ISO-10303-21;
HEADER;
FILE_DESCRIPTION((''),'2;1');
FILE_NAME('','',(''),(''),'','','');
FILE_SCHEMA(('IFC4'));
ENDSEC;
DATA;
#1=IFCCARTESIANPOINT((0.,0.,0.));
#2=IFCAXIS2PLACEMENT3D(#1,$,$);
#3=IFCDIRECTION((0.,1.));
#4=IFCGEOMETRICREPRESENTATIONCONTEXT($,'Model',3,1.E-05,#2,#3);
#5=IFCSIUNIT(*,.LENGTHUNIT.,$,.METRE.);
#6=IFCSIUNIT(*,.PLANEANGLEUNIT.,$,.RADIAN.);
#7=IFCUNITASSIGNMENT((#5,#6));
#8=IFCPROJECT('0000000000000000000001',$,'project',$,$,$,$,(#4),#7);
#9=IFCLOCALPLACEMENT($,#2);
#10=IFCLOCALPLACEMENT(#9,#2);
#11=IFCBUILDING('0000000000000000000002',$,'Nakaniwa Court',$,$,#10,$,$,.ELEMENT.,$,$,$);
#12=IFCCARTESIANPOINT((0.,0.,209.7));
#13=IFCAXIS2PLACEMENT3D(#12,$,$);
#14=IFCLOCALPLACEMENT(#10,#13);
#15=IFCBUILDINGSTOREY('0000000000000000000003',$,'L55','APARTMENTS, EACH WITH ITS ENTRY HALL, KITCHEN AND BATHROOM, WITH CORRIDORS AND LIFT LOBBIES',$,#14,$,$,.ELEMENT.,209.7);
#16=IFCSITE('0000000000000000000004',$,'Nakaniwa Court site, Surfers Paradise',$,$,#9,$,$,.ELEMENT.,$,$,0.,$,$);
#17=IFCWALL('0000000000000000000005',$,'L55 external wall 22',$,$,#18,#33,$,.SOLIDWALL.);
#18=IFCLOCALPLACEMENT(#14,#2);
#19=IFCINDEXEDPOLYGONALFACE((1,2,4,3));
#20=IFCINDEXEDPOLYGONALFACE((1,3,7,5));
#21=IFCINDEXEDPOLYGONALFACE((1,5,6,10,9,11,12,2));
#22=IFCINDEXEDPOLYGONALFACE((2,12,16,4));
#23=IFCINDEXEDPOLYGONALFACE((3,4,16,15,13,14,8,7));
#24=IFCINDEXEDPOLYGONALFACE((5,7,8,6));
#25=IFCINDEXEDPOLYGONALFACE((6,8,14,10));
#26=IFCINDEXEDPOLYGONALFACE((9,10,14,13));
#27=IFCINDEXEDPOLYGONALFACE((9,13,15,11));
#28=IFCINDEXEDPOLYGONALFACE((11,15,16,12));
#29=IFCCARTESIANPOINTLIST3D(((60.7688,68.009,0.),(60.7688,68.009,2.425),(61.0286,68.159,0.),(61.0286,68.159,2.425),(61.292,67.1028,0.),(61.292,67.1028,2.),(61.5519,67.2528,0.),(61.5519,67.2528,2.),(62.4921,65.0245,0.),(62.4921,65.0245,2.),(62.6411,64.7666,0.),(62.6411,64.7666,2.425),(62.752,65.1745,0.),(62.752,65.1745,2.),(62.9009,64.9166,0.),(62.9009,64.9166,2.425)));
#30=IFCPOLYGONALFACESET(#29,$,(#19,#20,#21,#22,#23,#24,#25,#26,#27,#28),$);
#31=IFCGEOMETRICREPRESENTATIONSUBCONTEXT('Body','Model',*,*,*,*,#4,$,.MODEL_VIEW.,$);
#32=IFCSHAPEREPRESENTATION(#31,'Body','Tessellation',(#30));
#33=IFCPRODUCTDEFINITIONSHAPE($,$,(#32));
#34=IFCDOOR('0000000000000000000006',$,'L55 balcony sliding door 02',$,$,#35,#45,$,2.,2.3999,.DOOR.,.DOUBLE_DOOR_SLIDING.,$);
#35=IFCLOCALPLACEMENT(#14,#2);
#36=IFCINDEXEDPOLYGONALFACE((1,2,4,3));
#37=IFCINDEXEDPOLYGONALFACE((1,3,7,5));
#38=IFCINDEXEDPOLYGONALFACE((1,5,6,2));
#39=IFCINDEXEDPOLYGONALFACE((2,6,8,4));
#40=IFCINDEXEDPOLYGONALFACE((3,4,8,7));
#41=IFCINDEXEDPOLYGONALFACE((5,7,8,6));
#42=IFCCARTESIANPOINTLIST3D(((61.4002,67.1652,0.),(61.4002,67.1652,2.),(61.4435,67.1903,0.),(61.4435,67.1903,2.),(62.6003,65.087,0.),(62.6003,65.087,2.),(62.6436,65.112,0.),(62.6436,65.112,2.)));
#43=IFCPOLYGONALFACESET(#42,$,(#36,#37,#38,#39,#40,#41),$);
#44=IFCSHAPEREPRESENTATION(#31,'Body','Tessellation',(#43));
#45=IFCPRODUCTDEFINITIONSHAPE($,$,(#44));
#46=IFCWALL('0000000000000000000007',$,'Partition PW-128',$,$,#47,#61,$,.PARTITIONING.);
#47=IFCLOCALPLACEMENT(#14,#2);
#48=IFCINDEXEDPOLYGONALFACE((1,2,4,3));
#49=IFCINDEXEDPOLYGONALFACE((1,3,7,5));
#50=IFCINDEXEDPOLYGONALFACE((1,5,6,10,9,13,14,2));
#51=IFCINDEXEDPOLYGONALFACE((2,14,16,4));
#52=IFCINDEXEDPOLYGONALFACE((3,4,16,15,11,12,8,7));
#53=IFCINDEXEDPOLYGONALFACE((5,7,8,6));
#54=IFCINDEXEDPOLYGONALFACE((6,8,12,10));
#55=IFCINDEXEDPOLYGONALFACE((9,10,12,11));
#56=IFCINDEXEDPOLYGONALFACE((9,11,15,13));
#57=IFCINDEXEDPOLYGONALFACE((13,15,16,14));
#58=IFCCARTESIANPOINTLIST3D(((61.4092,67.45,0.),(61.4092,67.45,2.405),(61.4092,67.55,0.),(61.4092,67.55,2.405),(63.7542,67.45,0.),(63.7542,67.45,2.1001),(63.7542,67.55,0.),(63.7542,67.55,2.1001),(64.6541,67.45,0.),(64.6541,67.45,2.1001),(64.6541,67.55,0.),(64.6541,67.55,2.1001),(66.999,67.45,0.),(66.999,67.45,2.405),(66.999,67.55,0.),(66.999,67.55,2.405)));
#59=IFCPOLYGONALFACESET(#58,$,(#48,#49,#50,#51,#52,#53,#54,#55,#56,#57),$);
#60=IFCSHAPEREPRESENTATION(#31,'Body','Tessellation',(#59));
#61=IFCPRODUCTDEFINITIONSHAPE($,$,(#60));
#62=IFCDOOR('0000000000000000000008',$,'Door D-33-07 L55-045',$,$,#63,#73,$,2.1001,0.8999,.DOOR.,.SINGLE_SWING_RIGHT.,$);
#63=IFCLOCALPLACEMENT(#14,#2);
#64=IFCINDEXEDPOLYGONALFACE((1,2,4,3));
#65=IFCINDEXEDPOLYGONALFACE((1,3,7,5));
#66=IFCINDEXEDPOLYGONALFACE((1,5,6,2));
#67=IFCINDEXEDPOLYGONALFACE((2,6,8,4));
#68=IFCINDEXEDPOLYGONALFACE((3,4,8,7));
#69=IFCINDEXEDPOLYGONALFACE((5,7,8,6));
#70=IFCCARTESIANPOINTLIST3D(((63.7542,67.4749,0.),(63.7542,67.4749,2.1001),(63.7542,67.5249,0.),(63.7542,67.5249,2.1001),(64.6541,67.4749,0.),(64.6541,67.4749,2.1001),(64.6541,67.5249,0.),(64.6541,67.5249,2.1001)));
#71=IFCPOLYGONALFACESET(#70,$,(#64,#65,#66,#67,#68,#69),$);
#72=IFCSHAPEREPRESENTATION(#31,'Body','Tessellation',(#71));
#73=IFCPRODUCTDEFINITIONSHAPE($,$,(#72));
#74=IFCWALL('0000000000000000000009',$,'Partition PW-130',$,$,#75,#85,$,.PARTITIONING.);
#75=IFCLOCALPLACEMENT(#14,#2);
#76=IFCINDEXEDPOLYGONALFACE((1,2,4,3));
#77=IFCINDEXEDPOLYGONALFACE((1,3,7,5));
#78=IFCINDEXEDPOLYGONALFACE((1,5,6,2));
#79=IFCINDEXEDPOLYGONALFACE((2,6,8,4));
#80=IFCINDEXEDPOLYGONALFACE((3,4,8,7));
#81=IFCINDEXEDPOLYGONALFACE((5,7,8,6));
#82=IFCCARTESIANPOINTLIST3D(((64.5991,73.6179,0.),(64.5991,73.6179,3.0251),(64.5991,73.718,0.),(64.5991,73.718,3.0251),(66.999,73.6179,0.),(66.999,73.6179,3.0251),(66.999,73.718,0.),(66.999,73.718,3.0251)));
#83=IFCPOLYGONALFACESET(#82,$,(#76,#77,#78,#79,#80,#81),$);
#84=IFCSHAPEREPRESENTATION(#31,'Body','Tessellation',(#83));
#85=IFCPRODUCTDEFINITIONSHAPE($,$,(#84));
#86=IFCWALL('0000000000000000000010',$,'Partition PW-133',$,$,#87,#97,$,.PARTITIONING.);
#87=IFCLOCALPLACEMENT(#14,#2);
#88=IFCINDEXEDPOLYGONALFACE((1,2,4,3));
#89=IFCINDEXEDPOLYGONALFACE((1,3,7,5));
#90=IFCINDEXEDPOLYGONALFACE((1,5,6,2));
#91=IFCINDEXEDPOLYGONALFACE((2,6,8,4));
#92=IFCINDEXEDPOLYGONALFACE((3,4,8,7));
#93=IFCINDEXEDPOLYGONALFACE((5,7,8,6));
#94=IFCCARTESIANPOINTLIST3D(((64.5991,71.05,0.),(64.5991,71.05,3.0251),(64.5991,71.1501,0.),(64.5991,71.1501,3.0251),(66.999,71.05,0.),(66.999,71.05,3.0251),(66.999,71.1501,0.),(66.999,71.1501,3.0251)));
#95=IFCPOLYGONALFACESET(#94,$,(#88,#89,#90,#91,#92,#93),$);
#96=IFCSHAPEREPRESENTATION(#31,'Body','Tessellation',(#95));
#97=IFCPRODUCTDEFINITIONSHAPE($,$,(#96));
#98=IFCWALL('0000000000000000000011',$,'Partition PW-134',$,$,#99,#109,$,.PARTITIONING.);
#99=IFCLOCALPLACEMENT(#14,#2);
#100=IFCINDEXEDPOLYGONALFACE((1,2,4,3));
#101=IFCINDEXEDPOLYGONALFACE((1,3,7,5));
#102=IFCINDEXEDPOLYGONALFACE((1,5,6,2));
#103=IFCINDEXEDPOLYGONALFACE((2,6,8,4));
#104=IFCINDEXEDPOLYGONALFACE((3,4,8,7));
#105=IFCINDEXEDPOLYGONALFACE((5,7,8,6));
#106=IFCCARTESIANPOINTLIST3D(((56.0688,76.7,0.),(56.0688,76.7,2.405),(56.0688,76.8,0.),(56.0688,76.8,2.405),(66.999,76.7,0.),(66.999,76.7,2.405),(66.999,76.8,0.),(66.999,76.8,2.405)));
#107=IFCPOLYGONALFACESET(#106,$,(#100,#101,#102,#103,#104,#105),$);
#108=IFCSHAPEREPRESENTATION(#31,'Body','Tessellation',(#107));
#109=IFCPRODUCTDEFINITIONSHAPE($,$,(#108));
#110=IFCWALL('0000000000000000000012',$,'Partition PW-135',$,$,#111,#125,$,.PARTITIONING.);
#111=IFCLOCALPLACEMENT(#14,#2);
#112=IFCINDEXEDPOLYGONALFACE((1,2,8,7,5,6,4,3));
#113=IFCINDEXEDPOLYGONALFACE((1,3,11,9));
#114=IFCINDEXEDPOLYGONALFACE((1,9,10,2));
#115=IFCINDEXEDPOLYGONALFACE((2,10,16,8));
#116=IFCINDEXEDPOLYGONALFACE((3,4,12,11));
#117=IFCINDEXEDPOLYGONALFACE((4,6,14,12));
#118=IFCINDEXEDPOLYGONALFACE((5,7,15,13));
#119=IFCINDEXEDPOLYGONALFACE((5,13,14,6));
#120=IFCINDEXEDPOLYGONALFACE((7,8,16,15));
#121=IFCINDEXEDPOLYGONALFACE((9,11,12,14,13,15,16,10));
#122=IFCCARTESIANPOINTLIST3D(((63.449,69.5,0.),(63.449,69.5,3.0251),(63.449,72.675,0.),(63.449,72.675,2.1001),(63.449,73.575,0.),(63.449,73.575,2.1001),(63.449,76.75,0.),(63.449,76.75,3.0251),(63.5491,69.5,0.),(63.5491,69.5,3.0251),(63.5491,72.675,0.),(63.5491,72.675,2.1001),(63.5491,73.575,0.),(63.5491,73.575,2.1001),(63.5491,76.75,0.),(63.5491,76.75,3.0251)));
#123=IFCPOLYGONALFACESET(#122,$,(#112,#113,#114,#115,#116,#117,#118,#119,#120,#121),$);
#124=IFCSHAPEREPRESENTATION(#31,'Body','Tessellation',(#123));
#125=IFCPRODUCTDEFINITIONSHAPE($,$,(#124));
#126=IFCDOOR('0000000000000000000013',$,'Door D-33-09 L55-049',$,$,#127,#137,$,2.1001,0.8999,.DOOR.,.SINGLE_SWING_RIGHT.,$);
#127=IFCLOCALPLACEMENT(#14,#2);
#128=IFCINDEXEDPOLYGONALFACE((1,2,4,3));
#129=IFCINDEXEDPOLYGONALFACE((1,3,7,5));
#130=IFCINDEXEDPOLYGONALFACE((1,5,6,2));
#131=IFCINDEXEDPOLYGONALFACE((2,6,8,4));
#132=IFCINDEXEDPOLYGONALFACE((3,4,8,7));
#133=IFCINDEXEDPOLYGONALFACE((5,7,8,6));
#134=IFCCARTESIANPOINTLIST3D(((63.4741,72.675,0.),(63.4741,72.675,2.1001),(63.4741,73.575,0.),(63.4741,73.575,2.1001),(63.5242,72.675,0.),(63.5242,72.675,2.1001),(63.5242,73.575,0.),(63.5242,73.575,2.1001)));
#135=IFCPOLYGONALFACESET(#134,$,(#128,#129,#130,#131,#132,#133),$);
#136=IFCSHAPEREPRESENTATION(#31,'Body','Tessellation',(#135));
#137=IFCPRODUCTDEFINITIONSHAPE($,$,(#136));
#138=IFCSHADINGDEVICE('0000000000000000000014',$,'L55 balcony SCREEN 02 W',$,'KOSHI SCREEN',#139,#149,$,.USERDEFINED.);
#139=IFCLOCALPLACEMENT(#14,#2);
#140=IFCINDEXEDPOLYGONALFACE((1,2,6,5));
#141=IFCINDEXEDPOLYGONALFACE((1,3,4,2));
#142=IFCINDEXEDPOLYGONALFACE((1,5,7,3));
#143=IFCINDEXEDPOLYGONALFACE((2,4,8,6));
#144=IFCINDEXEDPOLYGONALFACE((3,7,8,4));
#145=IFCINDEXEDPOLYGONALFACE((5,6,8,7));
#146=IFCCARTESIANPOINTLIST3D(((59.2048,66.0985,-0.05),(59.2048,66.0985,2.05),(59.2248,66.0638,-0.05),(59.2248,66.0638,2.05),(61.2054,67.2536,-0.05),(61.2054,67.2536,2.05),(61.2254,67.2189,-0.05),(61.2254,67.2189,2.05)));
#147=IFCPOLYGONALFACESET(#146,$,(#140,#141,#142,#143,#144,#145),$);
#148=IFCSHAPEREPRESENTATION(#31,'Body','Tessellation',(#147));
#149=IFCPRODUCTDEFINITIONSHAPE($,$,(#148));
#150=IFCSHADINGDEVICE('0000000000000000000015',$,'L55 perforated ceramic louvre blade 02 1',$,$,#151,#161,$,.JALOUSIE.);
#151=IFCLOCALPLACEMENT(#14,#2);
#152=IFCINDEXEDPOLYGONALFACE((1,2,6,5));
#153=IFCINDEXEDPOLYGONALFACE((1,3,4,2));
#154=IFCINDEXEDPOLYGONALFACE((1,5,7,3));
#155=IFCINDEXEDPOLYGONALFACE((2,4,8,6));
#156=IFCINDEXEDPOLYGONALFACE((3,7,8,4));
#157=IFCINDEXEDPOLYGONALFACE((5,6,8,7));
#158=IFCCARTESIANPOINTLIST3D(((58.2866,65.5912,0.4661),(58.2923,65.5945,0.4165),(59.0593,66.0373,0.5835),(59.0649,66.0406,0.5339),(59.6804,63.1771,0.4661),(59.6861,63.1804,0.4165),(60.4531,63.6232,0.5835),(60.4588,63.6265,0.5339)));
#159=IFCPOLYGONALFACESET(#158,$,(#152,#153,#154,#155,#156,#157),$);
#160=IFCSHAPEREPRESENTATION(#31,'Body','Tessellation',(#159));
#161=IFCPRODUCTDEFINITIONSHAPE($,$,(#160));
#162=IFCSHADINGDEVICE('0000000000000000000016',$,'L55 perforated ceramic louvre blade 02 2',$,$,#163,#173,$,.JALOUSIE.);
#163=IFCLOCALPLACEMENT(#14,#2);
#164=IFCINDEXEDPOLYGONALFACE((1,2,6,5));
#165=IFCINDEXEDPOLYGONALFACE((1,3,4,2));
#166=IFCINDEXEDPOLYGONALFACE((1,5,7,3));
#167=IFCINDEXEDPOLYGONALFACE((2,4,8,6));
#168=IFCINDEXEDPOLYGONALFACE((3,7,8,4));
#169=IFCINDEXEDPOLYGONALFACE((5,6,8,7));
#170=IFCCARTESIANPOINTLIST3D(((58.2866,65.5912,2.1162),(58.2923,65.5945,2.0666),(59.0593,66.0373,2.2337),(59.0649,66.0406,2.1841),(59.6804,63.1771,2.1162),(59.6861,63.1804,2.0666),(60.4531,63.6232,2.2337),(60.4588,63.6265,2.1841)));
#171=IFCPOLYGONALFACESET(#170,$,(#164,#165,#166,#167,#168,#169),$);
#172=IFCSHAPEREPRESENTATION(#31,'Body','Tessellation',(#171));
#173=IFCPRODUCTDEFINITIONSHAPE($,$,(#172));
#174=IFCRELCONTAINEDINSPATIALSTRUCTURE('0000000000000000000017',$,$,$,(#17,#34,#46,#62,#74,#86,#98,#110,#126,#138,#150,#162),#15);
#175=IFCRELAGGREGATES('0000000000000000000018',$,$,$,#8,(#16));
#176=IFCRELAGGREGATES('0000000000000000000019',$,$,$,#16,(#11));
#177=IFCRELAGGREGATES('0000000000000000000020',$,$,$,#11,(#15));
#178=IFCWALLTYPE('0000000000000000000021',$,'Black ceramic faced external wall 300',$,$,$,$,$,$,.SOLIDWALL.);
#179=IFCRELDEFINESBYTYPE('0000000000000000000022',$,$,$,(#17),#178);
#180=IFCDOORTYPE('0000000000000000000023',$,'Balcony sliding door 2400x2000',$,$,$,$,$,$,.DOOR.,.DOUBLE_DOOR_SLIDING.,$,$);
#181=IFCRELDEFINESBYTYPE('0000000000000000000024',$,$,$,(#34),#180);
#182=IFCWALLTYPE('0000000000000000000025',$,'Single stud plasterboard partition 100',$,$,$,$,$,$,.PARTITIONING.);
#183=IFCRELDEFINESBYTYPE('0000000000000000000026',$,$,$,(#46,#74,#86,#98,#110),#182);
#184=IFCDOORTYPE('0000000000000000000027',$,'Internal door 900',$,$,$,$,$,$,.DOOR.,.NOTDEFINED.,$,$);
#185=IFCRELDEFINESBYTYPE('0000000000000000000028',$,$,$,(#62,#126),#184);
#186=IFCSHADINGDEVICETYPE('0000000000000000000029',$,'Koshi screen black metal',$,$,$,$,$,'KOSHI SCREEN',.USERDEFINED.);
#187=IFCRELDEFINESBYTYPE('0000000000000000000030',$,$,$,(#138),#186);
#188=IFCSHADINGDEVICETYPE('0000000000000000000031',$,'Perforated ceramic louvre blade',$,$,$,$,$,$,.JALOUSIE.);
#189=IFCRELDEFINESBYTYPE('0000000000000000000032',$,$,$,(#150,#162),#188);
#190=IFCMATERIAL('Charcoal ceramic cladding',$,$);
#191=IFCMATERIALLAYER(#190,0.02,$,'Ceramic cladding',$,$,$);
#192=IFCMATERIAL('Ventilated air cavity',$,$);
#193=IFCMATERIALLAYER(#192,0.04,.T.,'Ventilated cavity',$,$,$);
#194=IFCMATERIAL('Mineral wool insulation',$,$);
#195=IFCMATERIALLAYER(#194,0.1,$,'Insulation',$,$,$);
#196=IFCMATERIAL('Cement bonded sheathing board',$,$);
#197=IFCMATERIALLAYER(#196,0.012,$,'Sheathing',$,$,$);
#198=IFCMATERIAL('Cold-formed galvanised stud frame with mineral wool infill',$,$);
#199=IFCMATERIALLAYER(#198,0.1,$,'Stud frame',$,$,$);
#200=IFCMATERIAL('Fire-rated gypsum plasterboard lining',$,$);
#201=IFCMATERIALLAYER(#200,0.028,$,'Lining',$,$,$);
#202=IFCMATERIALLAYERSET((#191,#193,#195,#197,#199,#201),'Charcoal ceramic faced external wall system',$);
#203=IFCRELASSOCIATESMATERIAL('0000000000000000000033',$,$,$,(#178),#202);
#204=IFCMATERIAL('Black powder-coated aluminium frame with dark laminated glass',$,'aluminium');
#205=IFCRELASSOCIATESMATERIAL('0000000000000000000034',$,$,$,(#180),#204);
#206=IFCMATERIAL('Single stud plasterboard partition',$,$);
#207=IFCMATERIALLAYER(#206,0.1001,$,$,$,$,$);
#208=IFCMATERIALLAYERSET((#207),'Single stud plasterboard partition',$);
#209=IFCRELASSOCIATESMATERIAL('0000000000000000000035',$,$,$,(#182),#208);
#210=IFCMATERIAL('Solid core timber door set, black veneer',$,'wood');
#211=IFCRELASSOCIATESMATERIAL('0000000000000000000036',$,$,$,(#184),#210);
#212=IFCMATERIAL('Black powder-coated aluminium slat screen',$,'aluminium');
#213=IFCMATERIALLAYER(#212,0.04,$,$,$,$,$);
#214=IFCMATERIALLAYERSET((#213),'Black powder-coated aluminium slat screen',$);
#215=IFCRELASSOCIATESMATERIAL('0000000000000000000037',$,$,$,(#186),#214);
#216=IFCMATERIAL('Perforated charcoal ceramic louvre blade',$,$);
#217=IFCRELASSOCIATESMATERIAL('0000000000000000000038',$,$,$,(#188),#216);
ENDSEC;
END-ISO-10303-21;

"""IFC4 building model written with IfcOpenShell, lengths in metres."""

from ifc_helpers import new_model, si_unit, direction, frame, frame_2d, origin, origin_2d, place, context, subcontext, project, spatial, rectangle, extrude, material, layer, layer_set, material_profile, profile_set, type_object, element, fill, save


model = new_model("IFC4")

# Units and contexts
model_context = context("Model", 3, precision=1e-05, world=origin(), true_north=direction((0.0, 1.0)))
body_context = subcontext(model_context, "Body", "Model", "MODEL_VIEW")
ifc_project = project(units=[si_unit("LENGTHUNIT", "METRE"), si_unit("PLANEANGLEUNIT", "RADIAN")], contexts=[model_context])

# Site, building, storey
site_placement = place(None, origin())
site = spatial("IfcSite", under=ifc_project, at=site_placement, Name="Nakaniwa Court site, Surfers Paradise", CompositionType="ELEMENT", RefElevation=0.0)
building_placement = place(site_placement, origin())
building = spatial("IfcBuilding", under=site, at=building_placement, Name="Nakaniwa Court", CompositionType="ELEMENT")
storey_placement = place(building_placement, frame((0.0, 0.0, 209.7)))
storey = spatial("IfcBuildingStorey", under=building, at=storey_placement, Name="L55", Description="APARTMENTS, EACH WITH ITS ENTRY HALL, KITCHEN AND BATHROOM, WITH CORRIDORS AND LIFT LOBBIES", CompositionType="ELEMENT", Elevation=209.7)

# Shared definitions
ifc_material_1 = material(Name="Charcoal ceramic cladding")
ifc_layer_1 = layer(ifc_material_1, 0.02, Name="Ceramic cladding")
ifc_material_2 = material(Name="Ventilated air cavity")
ifc_layer_2 = layer(ifc_material_2, 0.04, ventilated=True, Name="Ventilated cavity")
ifc_material_3 = material(Name="Mineral wool insulation")
ifc_layer_3 = layer(ifc_material_3, 0.1, Name="Insulation")
ifc_material_4 = material(Name="Cement bonded sheathing board")
ifc_layer_4 = layer(ifc_material_4, 0.012, Name="Sheathing")
ifc_material_5 = material(Name="Cold-formed galvanised stud frame with mineral wool infill")
ifc_layer_5 = layer(ifc_material_5, 0.1, Name="Stud frame")
ifc_material_6 = material(Name="Fire-rated gypsum plasterboard lining")
ifc_layer_6 = layer(ifc_material_6, 0.028, Name="Lining")
ifc_layer_set_1 = layer_set([ifc_layer_1, ifc_layer_2, ifc_layer_3, ifc_layer_4, ifc_layer_5, ifc_layer_6], Name="Charcoal ceramic faced external wall system")
wall_type_1 = type_object("IfcWallType", Name="Black ceramic faced external wall 300", PredefinedType="SOLIDWALL", material=ifc_layer_set_1)

# Walls, openings, doors
wall_1_placement = place(storey_placement, frame((60.8987, 68.084, 0.0), z_axis=(0.0, 0.0, 1.0), x_axis=(0.500059, -0.865991, 0.0)))
wall_1 = element("IfcWall", 1, at=wall_1_placement, inside=storey, type_object=wall_type_1, Name="L55 external wall 22", PredefinedType="SOLIDWALL", context=body_context, shape_type="SweptSolid", body=[
    extrude(rectangle(XDim=3.7441, YDim=0.3, at=frame_2d((1.8721, 0.0))), origin(), (0.0, 0.0, 1.0), 2.425),
])
opening_1_placement = place(wall_1_placement, frame((1.0464, 0.0, 0.0)))
opening_1 = element("IfcOpeningElement", 2, at=opening_1_placement, cuts=wall_1, PredefinedType="OPENING", context=body_context, shape_type="SweptSolid", body=[
    extrude(rectangle(XDim=2.3999, YDim=2.0, at=frame_2d((1.2, 1.0))), frame((0.0, 0.1599, 0.0), z_axis=(0.0, -1.0, 0.0), x_axis=(1.0, 0.0, 0.0)), (0.0, 0.0, 1.0), 0.3201),
])
ifc_material_7 = material(Name="Black powder-coated aluminium frame with dark laminated glass", Category="aluminium")
door_type_1 = type_object("IfcDoorType", Name="Balcony sliding door 2400x2000", OperationType="DOUBLE_DOOR_SLIDING", PredefinedType="DOOR", material=ifc_material_7)
door_1_placement = place(opening_1_placement, origin())
door_1 = element("IfcDoor", 3, at=door_1_placement, inside=storey, type_object=door_type_1, Name="L55 balcony sliding door 02", OperationType="DOUBLE_DOOR_SLIDING", OverallHeight=2.0, OverallWidth=2.3999, PredefinedType="DOOR", context=body_context, shape_type="SweptSolid", body=[
    extrude(rectangle(XDim=2.3999, YDim=2.0, at=frame_2d((1.2, 1.0))), frame((0.0, 0.0249, 0.0), z_axis=(0.0, -1.0, 0.0), x_axis=(1.0, 0.0, 0.0)), (0.0, 0.0, 1.0), 0.05),
])
fill(opening_1, door_1)
ifc_material_8 = material(Name="Single stud plasterboard partition")
ifc_layer_7 = layer(ifc_material_8, 0.1001)
ifc_layer_set_2 = layer_set([ifc_layer_7], Name="Single stud plasterboard partition")
wall_type_2 = type_object("IfcWallType", Name="Single stud plasterboard partition 100", PredefinedType="PARTITIONING", material=ifc_layer_set_2)
wall_2_placement = place(storey_placement, frame((61.4092, 67.5, 0.0), z_axis=(0.0, 0.0, 1.0), x_axis=(1.0, 0.0, 0.0)))
wall_2 = element("IfcWall", 4, at=wall_2_placement, inside=storey, type_object=wall_type_2, Name="Partition PW-128", PredefinedType="PARTITIONING", context=body_context, shape_type="SweptSolid", body=[
    extrude(rectangle(XDim=5.5898, YDim=0.1001, at=frame_2d((2.7949, 0.0))), origin(), (0.0, 0.0, 1.0), 2.405),
])
opening_2_placement = place(wall_2_placement, frame((2.345, 0.0, 0.0)))
opening_2 = element("IfcOpeningElement", 5, at=opening_2_placement, cuts=wall_2, PredefinedType="OPENING", context=body_context, shape_type="SweptSolid", body=[
    extrude(rectangle(XDim=0.8999, YDim=2.1001, at=frame_2d((0.45, 1.05))), frame((0.0, 0.0601, 0.0), z_axis=(0.0, -1.0, 0.0), x_axis=(1.0, 0.0, 0.0)), (0.0, 0.0, 1.0), 0.1201),
])
ifc_material_9 = material(Name="Solid core timber door set, black veneer", Category="wood")
door_type_2 = type_object("IfcDoorType", Name="Internal door 900", OperationType="NOTDEFINED", PredefinedType="DOOR", material=ifc_material_9)
door_2_placement = place(opening_2_placement, origin())
door_2 = element("IfcDoor", 6, at=door_2_placement, inside=storey, type_object=door_type_2, Name="Door D-33-07 L55-045", OperationType="SINGLE_SWING_RIGHT", OverallHeight=2.1001, OverallWidth=0.8999, PredefinedType="DOOR", context=body_context, shape_type="SweptSolid", body=[
    extrude(rectangle(XDim=0.8999, YDim=2.1001, at=frame_2d((0.45, 1.05))), frame((0.0, 0.0249, 0.0), z_axis=(0.0, -1.0, 0.0), x_axis=(1.0, 0.0, 0.0)), (0.0, 0.0, 1.0), 0.05),
])
fill(opening_2, door_2)

# Walls
for number, where, z_axis, x_axis, name in (
    (7, (64.5991, 73.668, 0.0), (0.0, 0.0, 1.0), (1.0, 0.0, 0.0), "Partition PW-130"),
    (8, (64.5991, 71.1001, 0.0), (0.0, 0.0, 1.0), (1.0, 0.0, 0.0), "Partition PW-133"),
):
    element("IfcWall", number, at=place(storey_placement, frame(where, z_axis=z_axis, x_axis=x_axis)), inside=storey, type_object=wall_type_2, Name=name, PredefinedType="PARTITIONING", context=body_context, shape_type="SweptSolid", body=[
        extrude(rectangle(XDim=2.3999, YDim=0.1001, at=frame_2d((1.2, 0.0))), origin(), (0.0, 0.0, 1.0), 3.0251),
    ])
wall_3_placement = place(storey_placement, frame((56.0688, 76.75, 0.0), z_axis=(0.0, 0.0, 1.0), x_axis=(1.0, 0.0, 0.0)))
element("IfcWall", 9, at=wall_3_placement, inside=storey, type_object=wall_type_2, Name="Partition PW-134", PredefinedType="PARTITIONING", context=body_context, shape_type="SweptSolid", body=[
    extrude(rectangle(XDim=10.9302, YDim=0.1001, at=frame_2d((5.4651, 0.0))), origin(), (0.0, 0.0, 1.0), 2.405),
])

# Wall, opening, door
wall_4_placement = place(storey_placement, frame((63.499, 69.5, 0.0), z_axis=(0.0, 0.0, 1.0), x_axis=(0.0, 1.0, 0.0)))
wall_4 = element("IfcWall", 10, at=wall_4_placement, inside=storey, type_object=wall_type_2, Name="Partition PW-135", PredefinedType="PARTITIONING", context=body_context, shape_type="SweptSolid", body=[
    extrude(rectangle(XDim=7.25, YDim=0.1001, at=frame_2d((3.625, 0.0))), origin(), (0.0, 0.0, 1.0), 3.0251),
])
opening_3_placement = place(wall_4_placement, frame((3.175, 0.0, 0.0)))
opening_3 = element("IfcOpeningElement", 11, at=opening_3_placement, cuts=wall_4, PredefinedType="OPENING", context=body_context, shape_type="SweptSolid", body=[
    extrude(rectangle(XDim=0.8999, YDim=2.1001, at=frame_2d((0.45, 1.05))), frame((0.0, 0.0601, 0.0), z_axis=(0.0, -1.0, 0.0), x_axis=(1.0, 0.0, 0.0)), (0.0, 0.0, 1.0), 0.1201),
])
door_3_placement = place(opening_3_placement, origin())
door_3 = element("IfcDoor", 12, at=door_3_placement, inside=storey, type_object=door_type_2, Name="Door D-33-09 L55-049", OperationType="SINGLE_SWING_RIGHT", OverallHeight=2.1001, OverallWidth=0.8999, PredefinedType="DOOR", context=body_context, shape_type="SweptSolid", body=[
    extrude(rectangle(XDim=0.8999, YDim=2.1001, at=frame_2d((0.45, 1.05))), frame((0.0, 0.0249, 0.0), z_axis=(0.0, -1.0, 0.0), x_axis=(1.0, 0.0, 0.0)), (0.0, 0.0, 1.0), 0.05),
])
fill(opening_3, door_3)

# Shading devices
ifc_material_10 = material(Name="Black powder-coated aluminium slat screen", Category="aluminium")
ifc_layer_8 = layer(ifc_material_10, 0.04)
ifc_layer_set_3 = layer_set([ifc_layer_8], Name="Black powder-coated aluminium slat screen")
shading_device_type_1 = type_object("IfcShadingDeviceType", Name="Koshi screen black metal", ElementType="KOSHI SCREEN", PredefinedType="USERDEFINED", material=ifc_layer_set_3)
shading_device_placement = place(storey_placement, frame((60.2151, 66.6587, -0.05), z_axis=(0.0, 0.0, 1.0), x_axis=(0.500017, -0.866016, 0.0)))
element("IfcShadingDevice", 13, at=shading_device_placement, inside=storey, type_object=shading_device_type_1, Name="L55 balcony SCREEN 02 W", ObjectType="KOSHI SCREEN", PredefinedType="USERDEFINED", context=body_context, shape_type="SweptSolid", body=[
    extrude(rectangle(XDim=0.04, YDim=2.3101, at=origin_2d()), origin(), (0.0, 0.0, 1.0), 2.1001),
])
ifc_material_11 = material(Name="Perforated charcoal ceramic louvre blade")
ifc_material_profile_1 = material_profile(ifc_material_11, rectangle(XDim=0.8999, YDim=0.05, at=origin_2d()), Name="Perforated ceramic louvre blade")
ifc_profile_set_1 = profile_set([ifc_material_profile_1], Name="Perforated charcoal ceramic louvre blade")
shading_device_type_2 = type_object("IfcShadingDeviceType", Name="Perforated ceramic louvre blade", PredefinedType="JALOUSIE", material=ifc_profile_set_1)
for number, where, z_axis, x_axis, name in (
    (14, (58.6758, 65.8159, 0.5), (0.500011, -0.866019, 0.0), (0.85861, 0.495733, 0.130526), "L55 perforated ceramic louvre blade 02 1"),
    (15, (58.6758, 65.8159, 2.1501), (0.500011, -0.866019, 0.0), (0.85861, 0.495733, 0.130526), "L55 perforated ceramic louvre blade 02 2"),
):
    element("IfcShadingDevice", number, at=place(storey_placement, frame(where, z_axis=z_axis, x_axis=x_axis)), inside=storey, type_object=shading_device_type_2, Name=name, PredefinedType="JALOUSIE", context=body_context, shape_type="SweptSolid", body=[
        extrude(rectangle(XDim=0.8999, YDim=0.05, at=origin_2d()), origin(), (0.0, 0.0, 1.0), 2.7876),
    ])

save(model, "model.ifc")
